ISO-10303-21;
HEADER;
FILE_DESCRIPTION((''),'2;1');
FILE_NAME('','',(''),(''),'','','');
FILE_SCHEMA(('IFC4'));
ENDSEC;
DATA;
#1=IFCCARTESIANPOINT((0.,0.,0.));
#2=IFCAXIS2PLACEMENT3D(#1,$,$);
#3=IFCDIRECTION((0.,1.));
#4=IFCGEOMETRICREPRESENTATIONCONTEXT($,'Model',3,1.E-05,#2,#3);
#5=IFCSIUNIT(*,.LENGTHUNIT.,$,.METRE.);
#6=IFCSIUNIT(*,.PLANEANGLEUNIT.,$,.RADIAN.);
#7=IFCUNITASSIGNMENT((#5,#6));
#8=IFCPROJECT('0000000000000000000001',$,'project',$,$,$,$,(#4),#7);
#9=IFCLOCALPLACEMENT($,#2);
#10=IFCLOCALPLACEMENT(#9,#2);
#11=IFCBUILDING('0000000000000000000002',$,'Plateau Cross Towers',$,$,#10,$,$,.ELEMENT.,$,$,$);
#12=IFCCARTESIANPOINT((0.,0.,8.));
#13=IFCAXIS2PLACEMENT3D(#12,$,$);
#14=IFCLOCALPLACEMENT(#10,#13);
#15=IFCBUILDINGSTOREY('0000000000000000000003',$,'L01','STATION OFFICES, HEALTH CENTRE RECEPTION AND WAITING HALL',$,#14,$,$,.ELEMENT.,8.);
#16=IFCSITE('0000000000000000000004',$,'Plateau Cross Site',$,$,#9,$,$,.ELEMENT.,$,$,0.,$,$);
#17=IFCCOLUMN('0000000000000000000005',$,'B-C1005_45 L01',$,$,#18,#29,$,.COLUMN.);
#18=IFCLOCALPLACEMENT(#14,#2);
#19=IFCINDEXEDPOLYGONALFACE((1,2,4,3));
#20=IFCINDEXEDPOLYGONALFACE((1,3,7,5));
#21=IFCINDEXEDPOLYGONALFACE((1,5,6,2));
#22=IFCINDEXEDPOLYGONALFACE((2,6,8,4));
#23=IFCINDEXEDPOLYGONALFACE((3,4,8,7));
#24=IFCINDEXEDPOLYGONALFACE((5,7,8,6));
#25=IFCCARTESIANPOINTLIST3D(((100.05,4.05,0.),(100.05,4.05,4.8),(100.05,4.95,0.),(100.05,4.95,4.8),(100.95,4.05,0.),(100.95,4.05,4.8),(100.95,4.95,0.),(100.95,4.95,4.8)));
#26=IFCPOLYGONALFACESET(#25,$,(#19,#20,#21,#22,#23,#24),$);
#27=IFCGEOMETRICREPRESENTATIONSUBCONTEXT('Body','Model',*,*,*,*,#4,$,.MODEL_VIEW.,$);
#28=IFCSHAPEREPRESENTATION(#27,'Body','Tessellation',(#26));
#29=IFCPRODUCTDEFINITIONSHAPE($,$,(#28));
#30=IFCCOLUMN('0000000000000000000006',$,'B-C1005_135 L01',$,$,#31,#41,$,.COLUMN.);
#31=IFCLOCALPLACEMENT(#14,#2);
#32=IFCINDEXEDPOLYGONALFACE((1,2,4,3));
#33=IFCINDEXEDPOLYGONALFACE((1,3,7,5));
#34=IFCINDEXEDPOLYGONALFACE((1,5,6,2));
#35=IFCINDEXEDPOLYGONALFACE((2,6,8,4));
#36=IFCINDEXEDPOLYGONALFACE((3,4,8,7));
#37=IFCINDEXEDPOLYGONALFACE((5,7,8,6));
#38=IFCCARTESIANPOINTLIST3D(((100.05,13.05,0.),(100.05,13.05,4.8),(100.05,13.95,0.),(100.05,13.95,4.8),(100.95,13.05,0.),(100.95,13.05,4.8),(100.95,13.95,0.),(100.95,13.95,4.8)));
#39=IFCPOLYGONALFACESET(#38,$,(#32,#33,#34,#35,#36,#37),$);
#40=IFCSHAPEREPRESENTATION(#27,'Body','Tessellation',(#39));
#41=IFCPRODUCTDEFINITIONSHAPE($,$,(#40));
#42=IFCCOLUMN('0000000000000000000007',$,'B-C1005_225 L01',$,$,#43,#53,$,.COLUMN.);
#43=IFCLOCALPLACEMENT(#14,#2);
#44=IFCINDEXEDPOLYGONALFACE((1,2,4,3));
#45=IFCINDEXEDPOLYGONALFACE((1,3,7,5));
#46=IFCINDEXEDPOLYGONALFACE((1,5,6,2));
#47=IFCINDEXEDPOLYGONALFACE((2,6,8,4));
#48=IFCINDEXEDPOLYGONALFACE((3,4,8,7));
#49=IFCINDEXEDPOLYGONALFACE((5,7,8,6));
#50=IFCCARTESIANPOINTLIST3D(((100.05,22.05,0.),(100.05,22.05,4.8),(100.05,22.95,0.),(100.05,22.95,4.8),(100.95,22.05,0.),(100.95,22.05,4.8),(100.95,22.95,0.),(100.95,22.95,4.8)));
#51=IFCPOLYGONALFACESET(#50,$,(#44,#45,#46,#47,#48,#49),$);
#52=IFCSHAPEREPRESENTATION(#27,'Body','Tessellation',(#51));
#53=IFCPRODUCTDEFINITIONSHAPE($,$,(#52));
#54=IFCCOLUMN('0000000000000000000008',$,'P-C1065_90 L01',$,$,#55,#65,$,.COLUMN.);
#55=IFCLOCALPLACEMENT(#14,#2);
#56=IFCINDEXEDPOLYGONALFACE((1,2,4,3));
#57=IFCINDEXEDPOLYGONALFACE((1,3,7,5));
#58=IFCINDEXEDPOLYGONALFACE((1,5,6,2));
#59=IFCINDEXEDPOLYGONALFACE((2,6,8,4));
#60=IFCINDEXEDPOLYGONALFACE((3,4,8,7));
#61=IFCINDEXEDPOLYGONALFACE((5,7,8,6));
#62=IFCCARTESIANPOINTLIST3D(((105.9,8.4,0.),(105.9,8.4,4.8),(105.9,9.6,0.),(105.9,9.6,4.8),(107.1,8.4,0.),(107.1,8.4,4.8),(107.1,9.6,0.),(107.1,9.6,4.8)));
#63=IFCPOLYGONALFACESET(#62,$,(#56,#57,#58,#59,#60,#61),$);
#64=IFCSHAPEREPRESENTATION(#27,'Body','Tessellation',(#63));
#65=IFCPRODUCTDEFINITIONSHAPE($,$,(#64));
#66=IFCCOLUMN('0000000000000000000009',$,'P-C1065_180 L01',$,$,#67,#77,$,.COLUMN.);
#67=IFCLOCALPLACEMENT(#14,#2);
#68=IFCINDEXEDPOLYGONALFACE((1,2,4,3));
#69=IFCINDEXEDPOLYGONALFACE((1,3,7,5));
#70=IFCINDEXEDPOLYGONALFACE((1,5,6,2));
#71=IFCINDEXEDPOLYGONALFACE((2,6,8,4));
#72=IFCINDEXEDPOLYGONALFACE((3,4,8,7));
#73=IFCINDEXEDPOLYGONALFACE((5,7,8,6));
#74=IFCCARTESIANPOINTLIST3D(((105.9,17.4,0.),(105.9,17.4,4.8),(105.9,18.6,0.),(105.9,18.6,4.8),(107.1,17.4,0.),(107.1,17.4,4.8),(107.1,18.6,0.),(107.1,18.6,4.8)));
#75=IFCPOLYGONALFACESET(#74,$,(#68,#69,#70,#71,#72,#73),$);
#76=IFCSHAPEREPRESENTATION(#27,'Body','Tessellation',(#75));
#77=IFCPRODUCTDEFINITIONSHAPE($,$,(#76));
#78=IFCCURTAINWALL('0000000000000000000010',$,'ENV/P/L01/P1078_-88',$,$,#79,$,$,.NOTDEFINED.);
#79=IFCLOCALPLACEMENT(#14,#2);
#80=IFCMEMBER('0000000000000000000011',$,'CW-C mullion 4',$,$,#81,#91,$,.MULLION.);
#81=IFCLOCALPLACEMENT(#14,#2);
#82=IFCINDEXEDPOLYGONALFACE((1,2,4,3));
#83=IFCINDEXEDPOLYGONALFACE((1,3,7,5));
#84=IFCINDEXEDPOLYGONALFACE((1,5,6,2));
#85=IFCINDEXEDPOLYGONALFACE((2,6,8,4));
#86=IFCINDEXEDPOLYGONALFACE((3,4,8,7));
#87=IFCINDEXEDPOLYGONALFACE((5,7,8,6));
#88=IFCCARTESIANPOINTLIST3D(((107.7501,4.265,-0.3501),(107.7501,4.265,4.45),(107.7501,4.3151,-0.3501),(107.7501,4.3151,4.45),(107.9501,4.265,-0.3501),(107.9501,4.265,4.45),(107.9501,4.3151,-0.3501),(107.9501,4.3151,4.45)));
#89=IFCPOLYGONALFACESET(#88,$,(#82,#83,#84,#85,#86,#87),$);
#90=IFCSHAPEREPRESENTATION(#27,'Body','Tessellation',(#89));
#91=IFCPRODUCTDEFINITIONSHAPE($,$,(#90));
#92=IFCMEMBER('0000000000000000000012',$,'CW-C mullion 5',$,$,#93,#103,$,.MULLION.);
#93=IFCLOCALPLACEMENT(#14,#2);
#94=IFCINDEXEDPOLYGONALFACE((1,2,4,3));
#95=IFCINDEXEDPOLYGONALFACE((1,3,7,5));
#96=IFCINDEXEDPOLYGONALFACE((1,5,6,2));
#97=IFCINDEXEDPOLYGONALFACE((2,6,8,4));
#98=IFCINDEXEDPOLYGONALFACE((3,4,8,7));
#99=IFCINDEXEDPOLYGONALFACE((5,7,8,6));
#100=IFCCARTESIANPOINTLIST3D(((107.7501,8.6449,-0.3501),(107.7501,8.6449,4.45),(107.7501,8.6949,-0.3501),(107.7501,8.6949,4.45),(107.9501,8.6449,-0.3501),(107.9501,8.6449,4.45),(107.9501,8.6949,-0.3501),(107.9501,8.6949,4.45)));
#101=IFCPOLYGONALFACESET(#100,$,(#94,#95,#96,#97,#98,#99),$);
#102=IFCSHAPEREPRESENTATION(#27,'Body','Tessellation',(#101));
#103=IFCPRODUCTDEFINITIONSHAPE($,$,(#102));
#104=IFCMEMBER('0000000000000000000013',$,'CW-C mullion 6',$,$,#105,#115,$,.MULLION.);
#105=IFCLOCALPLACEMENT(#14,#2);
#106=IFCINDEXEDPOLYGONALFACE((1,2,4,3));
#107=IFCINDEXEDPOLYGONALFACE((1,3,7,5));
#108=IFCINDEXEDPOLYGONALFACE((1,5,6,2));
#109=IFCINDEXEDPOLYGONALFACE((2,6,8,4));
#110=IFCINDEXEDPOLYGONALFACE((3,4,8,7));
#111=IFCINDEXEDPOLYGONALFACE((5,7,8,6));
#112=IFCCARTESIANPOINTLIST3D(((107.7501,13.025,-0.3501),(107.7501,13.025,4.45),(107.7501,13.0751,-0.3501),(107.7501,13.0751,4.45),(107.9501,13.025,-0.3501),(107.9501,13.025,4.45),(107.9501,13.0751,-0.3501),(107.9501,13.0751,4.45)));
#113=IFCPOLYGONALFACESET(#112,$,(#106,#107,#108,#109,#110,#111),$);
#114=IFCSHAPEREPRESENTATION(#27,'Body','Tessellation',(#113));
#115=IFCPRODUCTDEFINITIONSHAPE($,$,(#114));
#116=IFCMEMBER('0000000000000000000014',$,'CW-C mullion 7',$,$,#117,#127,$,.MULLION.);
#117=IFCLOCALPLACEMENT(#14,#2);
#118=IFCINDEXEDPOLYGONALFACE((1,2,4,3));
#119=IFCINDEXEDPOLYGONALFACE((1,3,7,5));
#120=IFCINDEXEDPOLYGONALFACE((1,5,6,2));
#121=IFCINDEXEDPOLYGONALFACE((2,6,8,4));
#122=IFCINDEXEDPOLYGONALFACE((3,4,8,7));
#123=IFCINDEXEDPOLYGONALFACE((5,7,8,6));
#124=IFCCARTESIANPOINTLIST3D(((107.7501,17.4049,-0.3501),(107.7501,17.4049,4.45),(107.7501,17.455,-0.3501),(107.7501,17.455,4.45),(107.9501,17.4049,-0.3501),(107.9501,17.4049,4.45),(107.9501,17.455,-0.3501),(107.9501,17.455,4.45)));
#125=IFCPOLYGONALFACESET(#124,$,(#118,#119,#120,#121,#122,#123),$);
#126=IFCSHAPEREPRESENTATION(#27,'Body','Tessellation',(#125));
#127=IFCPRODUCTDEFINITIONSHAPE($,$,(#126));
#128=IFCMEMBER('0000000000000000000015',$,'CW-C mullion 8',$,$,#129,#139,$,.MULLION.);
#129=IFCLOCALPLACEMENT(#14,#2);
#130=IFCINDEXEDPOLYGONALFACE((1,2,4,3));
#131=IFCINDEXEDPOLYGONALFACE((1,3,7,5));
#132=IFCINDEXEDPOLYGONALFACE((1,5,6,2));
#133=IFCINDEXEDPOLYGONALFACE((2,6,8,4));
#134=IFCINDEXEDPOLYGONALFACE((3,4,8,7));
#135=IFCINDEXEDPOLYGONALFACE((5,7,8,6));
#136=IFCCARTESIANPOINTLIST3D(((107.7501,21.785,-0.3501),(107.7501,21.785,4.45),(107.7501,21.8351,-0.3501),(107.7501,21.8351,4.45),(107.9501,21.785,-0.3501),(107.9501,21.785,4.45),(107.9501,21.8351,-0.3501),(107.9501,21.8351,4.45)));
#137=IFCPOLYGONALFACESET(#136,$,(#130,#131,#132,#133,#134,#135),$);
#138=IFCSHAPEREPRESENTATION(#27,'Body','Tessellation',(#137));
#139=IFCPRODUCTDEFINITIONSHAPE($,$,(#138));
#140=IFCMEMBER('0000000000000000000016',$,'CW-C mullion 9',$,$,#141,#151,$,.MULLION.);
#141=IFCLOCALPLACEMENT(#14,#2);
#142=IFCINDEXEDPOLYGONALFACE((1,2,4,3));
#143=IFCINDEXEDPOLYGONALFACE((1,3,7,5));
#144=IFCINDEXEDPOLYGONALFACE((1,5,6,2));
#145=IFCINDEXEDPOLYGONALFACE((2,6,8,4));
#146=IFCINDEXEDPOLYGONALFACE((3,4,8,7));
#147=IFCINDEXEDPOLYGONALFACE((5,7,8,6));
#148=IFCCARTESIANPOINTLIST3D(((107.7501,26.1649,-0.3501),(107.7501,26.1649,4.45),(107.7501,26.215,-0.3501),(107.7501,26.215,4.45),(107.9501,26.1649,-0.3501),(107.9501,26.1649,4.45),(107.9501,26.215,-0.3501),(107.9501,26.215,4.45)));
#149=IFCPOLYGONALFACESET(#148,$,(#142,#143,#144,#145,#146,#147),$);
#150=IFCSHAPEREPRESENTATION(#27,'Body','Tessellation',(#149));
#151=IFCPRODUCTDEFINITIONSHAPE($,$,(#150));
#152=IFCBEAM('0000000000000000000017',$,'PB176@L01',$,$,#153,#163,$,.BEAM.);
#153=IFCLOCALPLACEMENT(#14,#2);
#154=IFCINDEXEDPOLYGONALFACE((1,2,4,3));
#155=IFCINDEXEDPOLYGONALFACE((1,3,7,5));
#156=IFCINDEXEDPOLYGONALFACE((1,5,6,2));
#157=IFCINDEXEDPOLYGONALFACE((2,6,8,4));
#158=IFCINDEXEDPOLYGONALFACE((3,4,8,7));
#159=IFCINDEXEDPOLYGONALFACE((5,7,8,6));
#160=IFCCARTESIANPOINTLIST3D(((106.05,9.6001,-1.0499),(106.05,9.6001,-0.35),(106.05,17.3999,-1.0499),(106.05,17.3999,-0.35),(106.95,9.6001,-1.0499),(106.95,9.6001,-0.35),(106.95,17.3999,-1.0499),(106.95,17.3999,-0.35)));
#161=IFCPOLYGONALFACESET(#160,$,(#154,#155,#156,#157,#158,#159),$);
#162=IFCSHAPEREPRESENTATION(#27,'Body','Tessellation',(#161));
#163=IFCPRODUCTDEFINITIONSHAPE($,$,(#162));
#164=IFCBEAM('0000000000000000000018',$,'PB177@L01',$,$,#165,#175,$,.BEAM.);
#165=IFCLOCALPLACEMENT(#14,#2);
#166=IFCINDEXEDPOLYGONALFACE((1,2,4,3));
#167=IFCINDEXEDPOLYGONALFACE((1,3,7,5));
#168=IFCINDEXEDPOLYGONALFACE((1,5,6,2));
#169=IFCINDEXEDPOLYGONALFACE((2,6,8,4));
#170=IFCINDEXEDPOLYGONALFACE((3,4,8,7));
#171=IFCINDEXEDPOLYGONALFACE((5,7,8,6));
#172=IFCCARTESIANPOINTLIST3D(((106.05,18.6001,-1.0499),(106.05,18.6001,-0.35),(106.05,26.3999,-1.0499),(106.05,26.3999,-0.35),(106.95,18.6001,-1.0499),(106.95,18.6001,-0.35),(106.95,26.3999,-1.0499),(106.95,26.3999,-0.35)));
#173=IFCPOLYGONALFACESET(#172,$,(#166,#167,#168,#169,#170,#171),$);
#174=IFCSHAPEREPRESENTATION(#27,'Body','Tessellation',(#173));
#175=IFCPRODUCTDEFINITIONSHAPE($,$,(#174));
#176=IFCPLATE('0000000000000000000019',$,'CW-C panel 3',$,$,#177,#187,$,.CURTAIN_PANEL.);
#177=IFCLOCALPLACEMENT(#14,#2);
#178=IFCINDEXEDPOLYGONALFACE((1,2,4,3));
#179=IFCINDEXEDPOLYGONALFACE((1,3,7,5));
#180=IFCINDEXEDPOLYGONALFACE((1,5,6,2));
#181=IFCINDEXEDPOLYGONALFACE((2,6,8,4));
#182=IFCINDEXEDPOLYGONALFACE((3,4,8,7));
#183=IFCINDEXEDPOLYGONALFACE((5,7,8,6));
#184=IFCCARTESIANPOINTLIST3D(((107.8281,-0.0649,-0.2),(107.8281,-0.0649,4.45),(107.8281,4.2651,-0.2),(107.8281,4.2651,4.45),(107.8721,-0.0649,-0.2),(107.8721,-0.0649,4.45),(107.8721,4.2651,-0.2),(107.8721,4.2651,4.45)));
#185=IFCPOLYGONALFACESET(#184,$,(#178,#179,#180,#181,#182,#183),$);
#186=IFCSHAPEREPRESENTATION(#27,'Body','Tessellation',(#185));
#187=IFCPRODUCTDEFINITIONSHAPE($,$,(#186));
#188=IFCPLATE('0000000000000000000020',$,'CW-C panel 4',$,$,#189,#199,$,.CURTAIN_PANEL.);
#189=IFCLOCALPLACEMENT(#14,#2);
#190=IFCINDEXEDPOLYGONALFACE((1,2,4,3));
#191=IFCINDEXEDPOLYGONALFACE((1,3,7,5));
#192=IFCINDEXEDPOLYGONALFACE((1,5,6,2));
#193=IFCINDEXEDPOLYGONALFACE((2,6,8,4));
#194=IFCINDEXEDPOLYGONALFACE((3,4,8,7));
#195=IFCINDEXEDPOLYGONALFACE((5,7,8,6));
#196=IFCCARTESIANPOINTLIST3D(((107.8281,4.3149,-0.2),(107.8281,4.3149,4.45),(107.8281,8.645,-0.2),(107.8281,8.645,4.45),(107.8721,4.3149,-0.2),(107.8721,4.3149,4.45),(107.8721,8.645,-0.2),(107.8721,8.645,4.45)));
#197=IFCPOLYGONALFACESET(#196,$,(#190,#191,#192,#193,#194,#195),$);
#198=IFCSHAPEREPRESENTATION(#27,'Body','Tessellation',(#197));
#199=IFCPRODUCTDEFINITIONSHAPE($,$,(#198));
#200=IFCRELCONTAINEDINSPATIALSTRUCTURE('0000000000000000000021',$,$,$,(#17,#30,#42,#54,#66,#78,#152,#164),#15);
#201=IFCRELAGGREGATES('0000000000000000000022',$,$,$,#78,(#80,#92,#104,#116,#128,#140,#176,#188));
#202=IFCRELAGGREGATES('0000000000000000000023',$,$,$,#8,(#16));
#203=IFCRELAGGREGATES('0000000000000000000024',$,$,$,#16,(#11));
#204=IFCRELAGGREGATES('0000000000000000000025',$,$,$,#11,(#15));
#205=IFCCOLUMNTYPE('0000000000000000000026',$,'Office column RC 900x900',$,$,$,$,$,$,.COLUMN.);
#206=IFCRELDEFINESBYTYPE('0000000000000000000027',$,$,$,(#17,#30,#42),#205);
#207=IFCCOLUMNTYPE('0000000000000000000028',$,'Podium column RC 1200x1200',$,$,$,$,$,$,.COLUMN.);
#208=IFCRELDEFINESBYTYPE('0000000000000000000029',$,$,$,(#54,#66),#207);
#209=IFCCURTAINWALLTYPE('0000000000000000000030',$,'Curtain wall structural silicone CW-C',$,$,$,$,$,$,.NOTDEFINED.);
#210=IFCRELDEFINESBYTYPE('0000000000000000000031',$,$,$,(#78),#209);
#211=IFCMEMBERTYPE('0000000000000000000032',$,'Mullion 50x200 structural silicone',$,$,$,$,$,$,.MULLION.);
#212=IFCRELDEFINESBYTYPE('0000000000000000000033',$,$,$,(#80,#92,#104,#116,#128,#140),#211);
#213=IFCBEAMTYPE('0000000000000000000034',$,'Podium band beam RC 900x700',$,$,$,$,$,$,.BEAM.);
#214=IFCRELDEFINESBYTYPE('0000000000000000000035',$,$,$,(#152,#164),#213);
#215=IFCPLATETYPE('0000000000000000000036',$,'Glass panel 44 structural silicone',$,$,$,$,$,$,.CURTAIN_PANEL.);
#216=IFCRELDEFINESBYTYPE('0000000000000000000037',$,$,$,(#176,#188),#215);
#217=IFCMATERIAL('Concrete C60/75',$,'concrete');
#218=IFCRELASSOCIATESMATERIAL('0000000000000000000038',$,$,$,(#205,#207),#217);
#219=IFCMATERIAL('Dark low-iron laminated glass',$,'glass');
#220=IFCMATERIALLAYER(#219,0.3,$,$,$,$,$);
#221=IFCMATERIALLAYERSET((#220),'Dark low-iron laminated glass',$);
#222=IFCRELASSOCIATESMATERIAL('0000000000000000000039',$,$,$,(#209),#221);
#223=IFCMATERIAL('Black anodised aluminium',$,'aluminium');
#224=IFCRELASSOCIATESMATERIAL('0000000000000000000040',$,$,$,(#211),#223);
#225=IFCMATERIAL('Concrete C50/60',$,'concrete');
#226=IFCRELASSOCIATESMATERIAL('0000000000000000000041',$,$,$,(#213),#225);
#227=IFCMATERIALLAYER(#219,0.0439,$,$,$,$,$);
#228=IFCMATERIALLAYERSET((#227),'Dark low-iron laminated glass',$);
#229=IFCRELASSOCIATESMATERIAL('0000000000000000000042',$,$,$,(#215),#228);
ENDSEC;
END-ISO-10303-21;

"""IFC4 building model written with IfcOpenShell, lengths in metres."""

from ifc_helpers import new_model, si_unit, direction, frame, origin, origin_2d, place, context, subcontext, project, spatial, rectangle, extrude, material, layer, layer_set, material_profile, profile_set, type_object, element, aggregate, save


model = new_model("IFC4")

# Units and contexts
model_context = context("Model", 3, precision=1e-05, world=origin(), true_north=direction((0.0, 1.0)))
body_context = subcontext(model_context, "Body", "Model", "MODEL_VIEW")
ifc_project = project(units=[si_unit("LENGTHUNIT", "METRE"), si_unit("PLANEANGLEUNIT", "RADIAN")], contexts=[model_context])

# Site, building, storey
site_placement = place(None, origin())
site = spatial("IfcSite", under=ifc_project, at=site_placement, Name="Plateau Cross Site", CompositionType="ELEMENT", RefElevation=0.0)
building_placement = place(site_placement, origin())
building = spatial("IfcBuilding", under=site, at=building_placement, Name="Plateau Cross Towers", CompositionType="ELEMENT")
storey_placement = place(building_placement, frame((0.0, 0.0, 8.0)))
storey = spatial("IfcBuildingStorey", under=building, at=storey_placement, Name="L01", Description="STATION OFFICES, HEALTH CENTRE RECEPTION AND WAITING HALL", CompositionType="ELEMENT", Elevation=8.0)

# Columns
ifc_material_1 = material(Name="Concrete C60/75", Category="concrete")
ifc_material_profile_1 = material_profile(ifc_material_1, rectangle(XDim=0.8999, YDim=0.8999, at=origin_2d()), Name="RC 900x900")
ifc_profile_set_1 = profile_set([ifc_material_profile_1], Name="Concrete C60/75")
column_type_1 = type_object("IfcColumnType", Name="Office column RC 900x900", PredefinedType="COLUMN", material=ifc_profile_set_1)
for number, where, z_axis, x_axis, name in (
    (1, (100.5, 4.5, 0.0), (0.0, 0.0, 1.0), (1.0, 0.0, 0.0), "B-C1005_45 L01"),
    (2, (100.5, 13.5, 0.0), (0.0, 0.0, 1.0), (1.0, 0.0, 0.0), "B-C1005_135 L01"),
    (3, (100.5, 22.5, 0.0), (0.0, 0.0, 1.0), (1.0, 0.0, 0.0), "B-C1005_225 L01"),
):
    element("IfcColumn", number, at=place(storey_placement, frame(where, z_axis=z_axis, x_axis=x_axis)), inside=storey, type_object=column_type_1, Name=name, PredefinedType="COLUMN", context=body_context, shape_type="SweptSolid", body=[
        extrude(rectangle(XDim=0.8999, YDim=0.8999, at=origin_2d()), origin(), (0.0, 0.0, 1.0), 4.8),
    ])
ifc_material_profile_2 = material_profile(ifc_material_1, rectangle(XDim=1.2, YDim=1.2, at=origin_2d()), Name="RC 1200x1200")
ifc_profile_set_2 = profile_set([ifc_material_profile_2], Name="Concrete C60/75")
column_type_2 = type_object("IfcColumnType", Name="Podium column RC 1200x1200", PredefinedType="COLUMN", material=ifc_profile_set_2)
for number, where, z_axis, x_axis, name in (
    (4, (106.5, 9.0, 0.0), (0.0, 0.0, 1.0), (1.0, 0.0, 0.0), "P-C1065_90 L01"),
    (5, (106.5, 18.0, 0.0), (0.0, 0.0, 1.0), (1.0, 0.0, 0.0), "P-C1065_180 L01"),
):
    element("IfcColumn", number, at=place(storey_placement, frame(where, z_axis=z_axis, x_axis=x_axis)), inside=storey, type_object=column_type_2, Name=name, PredefinedType="COLUMN", context=body_context, shape_type="SweptSolid", body=[
        extrude(rectangle(XDim=1.2, YDim=1.2, at=origin_2d()), origin(), (0.0, 0.0, 1.0), 4.8),
    ])

# Curtain wall, members
ifc_material_2 = material(Name="Dark low-iron laminated glass", Category="glass")
ifc_layer_1 = layer(ifc_material_2, 0.3)
ifc_layer_set_1 = layer_set([ifc_layer_1], Name="Dark low-iron laminated glass")
curtain_wall_type = type_object("IfcCurtainWallType", Name="Curtain wall structural silicone CW-C", PredefinedType="NOTDEFINED", material=ifc_layer_set_1)
curtain_wall_placement = place(storey_placement, origin())
curtain_wall = element("IfcCurtainWall", 6, at=curtain_wall_placement, inside=storey, type_object=curtain_wall_type, Name="ENV/P/L01/P1078_-88", PredefinedType="NOTDEFINED")
ifc_material_3 = material(Name="Black anodised aluminium", Category="aluminium")
ifc_material_profile_3 = material_profile(ifc_material_3, rectangle(XDim=0.05, YDim=0.2, at=origin_2d()), Name="MULLION 50x200")
ifc_profile_set_3 = profile_set([ifc_material_profile_3], Name="Black anodised aluminium")
member_type = type_object("IfcMemberType", Name="Mullion 50x200 structural silicone", PredefinedType="MULLION", material=ifc_profile_set_3)
member_1_placement = place(storey_placement, frame((107.8501, 4.29, -0.3501), z_axis=(0.0, 0.0, 1.0), x_axis=(0.0, 1.0, 0.0)))
member_1 = element("IfcMember", 7, at=member_1_placement, type_object=member_type, Name="CW-C mullion 4", PredefinedType="MULLION", context=body_context, shape_type="SweptSolid", body=[
    extrude(rectangle(XDim=0.05, YDim=0.2, at=origin_2d()), origin(), (0.0, 0.0, 1.0), 4.8),
])
member_2_placement = place(storey_placement, frame((107.8501, 8.6699, -0.3501), z_axis=(0.0, 0.0, 1.0), x_axis=(0.0, 1.0, 0.0)))
member_2 = element("IfcMember", 8, at=member_2_placement, type_object=member_type, Name="CW-C mullion 5", PredefinedType="MULLION", context=body_context, shape_type="SweptSolid", body=[
    extrude(rectangle(XDim=0.05, YDim=0.2, at=origin_2d()), origin(), (0.0, 0.0, 1.0), 4.8),
])
member_3_placement = place(storey_placement, frame((107.8501, 13.05, -0.3501), z_axis=(0.0, 0.0, 1.0), x_axis=(0.0, 1.0, 0.0)))
member_3 = element("IfcMember", 9, at=member_3_placement, type_object=member_type, Name="CW-C mullion 6", PredefinedType="MULLION", context=body_context, shape_type="SweptSolid", body=[
    extrude(rectangle(XDim=0.05, YDim=0.2, at=origin_2d()), origin(), (0.0, 0.0, 1.0), 4.8),
])
member_4_placement = place(storey_placement, frame((107.8501, 17.4299, -0.3501), z_axis=(0.0, 0.0, 1.0), x_axis=(0.0, 1.0, 0.0)))
member_4 = element("IfcMember", 10, at=member_4_placement, type_object=member_type, Name="CW-C mullion 7", PredefinedType="MULLION", context=body_context, shape_type="SweptSolid", body=[
    extrude(rectangle(XDim=0.05, YDim=0.2, at=origin_2d()), origin(), (0.0, 0.0, 1.0), 4.8),
])
member_5_placement = place(storey_placement, frame((107.8501, 21.8101, -0.3501), z_axis=(0.0, 0.0, 1.0), x_axis=(0.0, 1.0, 0.0)))
member_5 = element("IfcMember", 11, at=member_5_placement, type_object=member_type, Name="CW-C mullion 8", PredefinedType="MULLION", context=body_context, shape_type="SweptSolid", body=[
    extrude(rectangle(XDim=0.05, YDim=0.2, at=origin_2d()), origin(), (0.0, 0.0, 1.0), 4.8),
])
member_6_placement = place(storey_placement, frame((107.8501, 26.1899, -0.3501), z_axis=(0.0, 0.0, 1.0), x_axis=(0.0, 1.0, 0.0)))
member_6 = element("IfcMember", 12, at=member_6_placement, type_object=member_type, Name="CW-C mullion 9", PredefinedType="MULLION", context=body_context, shape_type="SweptSolid", body=[
    extrude(rectangle(XDim=0.05, YDim=0.2, at=origin_2d()), origin(), (0.0, 0.0, 1.0), 4.8),
])

# Beams
ifc_material_4 = material(Name="Concrete C50/60", Category="concrete")
ifc_material_profile_4 = material_profile(ifc_material_4, rectangle(XDim=0.8999, YDim=0.7, at=origin_2d()), Name="RC 900x700")
ifc_profile_set_4 = profile_set([ifc_material_profile_4], Name="Concrete C50/60")
beam_type = type_object("IfcBeamType", Name="Podium band beam RC 900x700", PredefinedType="BEAM", material=ifc_profile_set_4)
for number, where, z_axis, x_axis, name in (
    (13, (106.5, 9.6001, -0.7), (0.0, 1.0, 0.0), (-1.0, 0.0, 0.0), "PB176@L01"),
    (14, (106.5, 18.6001, -0.7), (0.0, 1.0, 0.0), (-1.0, 0.0, 0.0), "PB177@L01"),
):
    element("IfcBeam", number, at=place(storey_placement, frame(where, z_axis=z_axis, x_axis=x_axis)), inside=storey, type_object=beam_type, Name=name, PredefinedType="BEAM", context=body_context, shape_type="SweptSolid", body=[
        extrude(rectangle(XDim=0.8999, YDim=0.7, at=origin_2d()), origin(), (0.0, 0.0, 1.0), 7.7998),
    ])

# Plates
ifc_layer_2 = layer(ifc_material_2, 0.0439)
ifc_layer_set_2 = layer_set([ifc_layer_2], Name="Dark low-iron laminated glass")
plate_type = type_object("IfcPlateType", Name="Glass panel 44 structural silicone", PredefinedType="CURTAIN_PANEL", material=ifc_layer_set_2)
plate_1_placement = place(storey_placement, frame((107.8501, 2.1001, -0.2), z_axis=(0.0, 0.0, 1.0), x_axis=(0.0, 1.0, 0.0)))
plate_1 = element("IfcPlate", 15, at=plate_1_placement, type_object=plate_type, Name="CW-C panel 3", PredefinedType="CURTAIN_PANEL", context=body_context, shape_type="SweptSolid", body=[
    extrude(rectangle(XDim=4.3301, YDim=0.0439, at=origin_2d()), origin(), (0.0, 0.0, 1.0), 4.6499),
])
plate_2_placement = place(storey_placement, frame((107.8501, 6.48, -0.2), z_axis=(0.0, 0.0, 1.0), x_axis=(0.0, 1.0, 0.0)))
plate_2 = element("IfcPlate", 16, at=plate_2_placement, type_object=plate_type, Name="CW-C panel 4", PredefinedType="CURTAIN_PANEL", context=body_context, shape_type="SweptSolid", body=[
    extrude(rectangle(XDim=4.3301, YDim=0.0439, at=origin_2d()), origin(), (0.0, 0.0, 1.0), 4.6499),
])
aggregate(curtain_wall, [member_1, member_2, member_3, member_4, member_5, member_6, plate_1, plate_2])

save(model, "model.ifc")
